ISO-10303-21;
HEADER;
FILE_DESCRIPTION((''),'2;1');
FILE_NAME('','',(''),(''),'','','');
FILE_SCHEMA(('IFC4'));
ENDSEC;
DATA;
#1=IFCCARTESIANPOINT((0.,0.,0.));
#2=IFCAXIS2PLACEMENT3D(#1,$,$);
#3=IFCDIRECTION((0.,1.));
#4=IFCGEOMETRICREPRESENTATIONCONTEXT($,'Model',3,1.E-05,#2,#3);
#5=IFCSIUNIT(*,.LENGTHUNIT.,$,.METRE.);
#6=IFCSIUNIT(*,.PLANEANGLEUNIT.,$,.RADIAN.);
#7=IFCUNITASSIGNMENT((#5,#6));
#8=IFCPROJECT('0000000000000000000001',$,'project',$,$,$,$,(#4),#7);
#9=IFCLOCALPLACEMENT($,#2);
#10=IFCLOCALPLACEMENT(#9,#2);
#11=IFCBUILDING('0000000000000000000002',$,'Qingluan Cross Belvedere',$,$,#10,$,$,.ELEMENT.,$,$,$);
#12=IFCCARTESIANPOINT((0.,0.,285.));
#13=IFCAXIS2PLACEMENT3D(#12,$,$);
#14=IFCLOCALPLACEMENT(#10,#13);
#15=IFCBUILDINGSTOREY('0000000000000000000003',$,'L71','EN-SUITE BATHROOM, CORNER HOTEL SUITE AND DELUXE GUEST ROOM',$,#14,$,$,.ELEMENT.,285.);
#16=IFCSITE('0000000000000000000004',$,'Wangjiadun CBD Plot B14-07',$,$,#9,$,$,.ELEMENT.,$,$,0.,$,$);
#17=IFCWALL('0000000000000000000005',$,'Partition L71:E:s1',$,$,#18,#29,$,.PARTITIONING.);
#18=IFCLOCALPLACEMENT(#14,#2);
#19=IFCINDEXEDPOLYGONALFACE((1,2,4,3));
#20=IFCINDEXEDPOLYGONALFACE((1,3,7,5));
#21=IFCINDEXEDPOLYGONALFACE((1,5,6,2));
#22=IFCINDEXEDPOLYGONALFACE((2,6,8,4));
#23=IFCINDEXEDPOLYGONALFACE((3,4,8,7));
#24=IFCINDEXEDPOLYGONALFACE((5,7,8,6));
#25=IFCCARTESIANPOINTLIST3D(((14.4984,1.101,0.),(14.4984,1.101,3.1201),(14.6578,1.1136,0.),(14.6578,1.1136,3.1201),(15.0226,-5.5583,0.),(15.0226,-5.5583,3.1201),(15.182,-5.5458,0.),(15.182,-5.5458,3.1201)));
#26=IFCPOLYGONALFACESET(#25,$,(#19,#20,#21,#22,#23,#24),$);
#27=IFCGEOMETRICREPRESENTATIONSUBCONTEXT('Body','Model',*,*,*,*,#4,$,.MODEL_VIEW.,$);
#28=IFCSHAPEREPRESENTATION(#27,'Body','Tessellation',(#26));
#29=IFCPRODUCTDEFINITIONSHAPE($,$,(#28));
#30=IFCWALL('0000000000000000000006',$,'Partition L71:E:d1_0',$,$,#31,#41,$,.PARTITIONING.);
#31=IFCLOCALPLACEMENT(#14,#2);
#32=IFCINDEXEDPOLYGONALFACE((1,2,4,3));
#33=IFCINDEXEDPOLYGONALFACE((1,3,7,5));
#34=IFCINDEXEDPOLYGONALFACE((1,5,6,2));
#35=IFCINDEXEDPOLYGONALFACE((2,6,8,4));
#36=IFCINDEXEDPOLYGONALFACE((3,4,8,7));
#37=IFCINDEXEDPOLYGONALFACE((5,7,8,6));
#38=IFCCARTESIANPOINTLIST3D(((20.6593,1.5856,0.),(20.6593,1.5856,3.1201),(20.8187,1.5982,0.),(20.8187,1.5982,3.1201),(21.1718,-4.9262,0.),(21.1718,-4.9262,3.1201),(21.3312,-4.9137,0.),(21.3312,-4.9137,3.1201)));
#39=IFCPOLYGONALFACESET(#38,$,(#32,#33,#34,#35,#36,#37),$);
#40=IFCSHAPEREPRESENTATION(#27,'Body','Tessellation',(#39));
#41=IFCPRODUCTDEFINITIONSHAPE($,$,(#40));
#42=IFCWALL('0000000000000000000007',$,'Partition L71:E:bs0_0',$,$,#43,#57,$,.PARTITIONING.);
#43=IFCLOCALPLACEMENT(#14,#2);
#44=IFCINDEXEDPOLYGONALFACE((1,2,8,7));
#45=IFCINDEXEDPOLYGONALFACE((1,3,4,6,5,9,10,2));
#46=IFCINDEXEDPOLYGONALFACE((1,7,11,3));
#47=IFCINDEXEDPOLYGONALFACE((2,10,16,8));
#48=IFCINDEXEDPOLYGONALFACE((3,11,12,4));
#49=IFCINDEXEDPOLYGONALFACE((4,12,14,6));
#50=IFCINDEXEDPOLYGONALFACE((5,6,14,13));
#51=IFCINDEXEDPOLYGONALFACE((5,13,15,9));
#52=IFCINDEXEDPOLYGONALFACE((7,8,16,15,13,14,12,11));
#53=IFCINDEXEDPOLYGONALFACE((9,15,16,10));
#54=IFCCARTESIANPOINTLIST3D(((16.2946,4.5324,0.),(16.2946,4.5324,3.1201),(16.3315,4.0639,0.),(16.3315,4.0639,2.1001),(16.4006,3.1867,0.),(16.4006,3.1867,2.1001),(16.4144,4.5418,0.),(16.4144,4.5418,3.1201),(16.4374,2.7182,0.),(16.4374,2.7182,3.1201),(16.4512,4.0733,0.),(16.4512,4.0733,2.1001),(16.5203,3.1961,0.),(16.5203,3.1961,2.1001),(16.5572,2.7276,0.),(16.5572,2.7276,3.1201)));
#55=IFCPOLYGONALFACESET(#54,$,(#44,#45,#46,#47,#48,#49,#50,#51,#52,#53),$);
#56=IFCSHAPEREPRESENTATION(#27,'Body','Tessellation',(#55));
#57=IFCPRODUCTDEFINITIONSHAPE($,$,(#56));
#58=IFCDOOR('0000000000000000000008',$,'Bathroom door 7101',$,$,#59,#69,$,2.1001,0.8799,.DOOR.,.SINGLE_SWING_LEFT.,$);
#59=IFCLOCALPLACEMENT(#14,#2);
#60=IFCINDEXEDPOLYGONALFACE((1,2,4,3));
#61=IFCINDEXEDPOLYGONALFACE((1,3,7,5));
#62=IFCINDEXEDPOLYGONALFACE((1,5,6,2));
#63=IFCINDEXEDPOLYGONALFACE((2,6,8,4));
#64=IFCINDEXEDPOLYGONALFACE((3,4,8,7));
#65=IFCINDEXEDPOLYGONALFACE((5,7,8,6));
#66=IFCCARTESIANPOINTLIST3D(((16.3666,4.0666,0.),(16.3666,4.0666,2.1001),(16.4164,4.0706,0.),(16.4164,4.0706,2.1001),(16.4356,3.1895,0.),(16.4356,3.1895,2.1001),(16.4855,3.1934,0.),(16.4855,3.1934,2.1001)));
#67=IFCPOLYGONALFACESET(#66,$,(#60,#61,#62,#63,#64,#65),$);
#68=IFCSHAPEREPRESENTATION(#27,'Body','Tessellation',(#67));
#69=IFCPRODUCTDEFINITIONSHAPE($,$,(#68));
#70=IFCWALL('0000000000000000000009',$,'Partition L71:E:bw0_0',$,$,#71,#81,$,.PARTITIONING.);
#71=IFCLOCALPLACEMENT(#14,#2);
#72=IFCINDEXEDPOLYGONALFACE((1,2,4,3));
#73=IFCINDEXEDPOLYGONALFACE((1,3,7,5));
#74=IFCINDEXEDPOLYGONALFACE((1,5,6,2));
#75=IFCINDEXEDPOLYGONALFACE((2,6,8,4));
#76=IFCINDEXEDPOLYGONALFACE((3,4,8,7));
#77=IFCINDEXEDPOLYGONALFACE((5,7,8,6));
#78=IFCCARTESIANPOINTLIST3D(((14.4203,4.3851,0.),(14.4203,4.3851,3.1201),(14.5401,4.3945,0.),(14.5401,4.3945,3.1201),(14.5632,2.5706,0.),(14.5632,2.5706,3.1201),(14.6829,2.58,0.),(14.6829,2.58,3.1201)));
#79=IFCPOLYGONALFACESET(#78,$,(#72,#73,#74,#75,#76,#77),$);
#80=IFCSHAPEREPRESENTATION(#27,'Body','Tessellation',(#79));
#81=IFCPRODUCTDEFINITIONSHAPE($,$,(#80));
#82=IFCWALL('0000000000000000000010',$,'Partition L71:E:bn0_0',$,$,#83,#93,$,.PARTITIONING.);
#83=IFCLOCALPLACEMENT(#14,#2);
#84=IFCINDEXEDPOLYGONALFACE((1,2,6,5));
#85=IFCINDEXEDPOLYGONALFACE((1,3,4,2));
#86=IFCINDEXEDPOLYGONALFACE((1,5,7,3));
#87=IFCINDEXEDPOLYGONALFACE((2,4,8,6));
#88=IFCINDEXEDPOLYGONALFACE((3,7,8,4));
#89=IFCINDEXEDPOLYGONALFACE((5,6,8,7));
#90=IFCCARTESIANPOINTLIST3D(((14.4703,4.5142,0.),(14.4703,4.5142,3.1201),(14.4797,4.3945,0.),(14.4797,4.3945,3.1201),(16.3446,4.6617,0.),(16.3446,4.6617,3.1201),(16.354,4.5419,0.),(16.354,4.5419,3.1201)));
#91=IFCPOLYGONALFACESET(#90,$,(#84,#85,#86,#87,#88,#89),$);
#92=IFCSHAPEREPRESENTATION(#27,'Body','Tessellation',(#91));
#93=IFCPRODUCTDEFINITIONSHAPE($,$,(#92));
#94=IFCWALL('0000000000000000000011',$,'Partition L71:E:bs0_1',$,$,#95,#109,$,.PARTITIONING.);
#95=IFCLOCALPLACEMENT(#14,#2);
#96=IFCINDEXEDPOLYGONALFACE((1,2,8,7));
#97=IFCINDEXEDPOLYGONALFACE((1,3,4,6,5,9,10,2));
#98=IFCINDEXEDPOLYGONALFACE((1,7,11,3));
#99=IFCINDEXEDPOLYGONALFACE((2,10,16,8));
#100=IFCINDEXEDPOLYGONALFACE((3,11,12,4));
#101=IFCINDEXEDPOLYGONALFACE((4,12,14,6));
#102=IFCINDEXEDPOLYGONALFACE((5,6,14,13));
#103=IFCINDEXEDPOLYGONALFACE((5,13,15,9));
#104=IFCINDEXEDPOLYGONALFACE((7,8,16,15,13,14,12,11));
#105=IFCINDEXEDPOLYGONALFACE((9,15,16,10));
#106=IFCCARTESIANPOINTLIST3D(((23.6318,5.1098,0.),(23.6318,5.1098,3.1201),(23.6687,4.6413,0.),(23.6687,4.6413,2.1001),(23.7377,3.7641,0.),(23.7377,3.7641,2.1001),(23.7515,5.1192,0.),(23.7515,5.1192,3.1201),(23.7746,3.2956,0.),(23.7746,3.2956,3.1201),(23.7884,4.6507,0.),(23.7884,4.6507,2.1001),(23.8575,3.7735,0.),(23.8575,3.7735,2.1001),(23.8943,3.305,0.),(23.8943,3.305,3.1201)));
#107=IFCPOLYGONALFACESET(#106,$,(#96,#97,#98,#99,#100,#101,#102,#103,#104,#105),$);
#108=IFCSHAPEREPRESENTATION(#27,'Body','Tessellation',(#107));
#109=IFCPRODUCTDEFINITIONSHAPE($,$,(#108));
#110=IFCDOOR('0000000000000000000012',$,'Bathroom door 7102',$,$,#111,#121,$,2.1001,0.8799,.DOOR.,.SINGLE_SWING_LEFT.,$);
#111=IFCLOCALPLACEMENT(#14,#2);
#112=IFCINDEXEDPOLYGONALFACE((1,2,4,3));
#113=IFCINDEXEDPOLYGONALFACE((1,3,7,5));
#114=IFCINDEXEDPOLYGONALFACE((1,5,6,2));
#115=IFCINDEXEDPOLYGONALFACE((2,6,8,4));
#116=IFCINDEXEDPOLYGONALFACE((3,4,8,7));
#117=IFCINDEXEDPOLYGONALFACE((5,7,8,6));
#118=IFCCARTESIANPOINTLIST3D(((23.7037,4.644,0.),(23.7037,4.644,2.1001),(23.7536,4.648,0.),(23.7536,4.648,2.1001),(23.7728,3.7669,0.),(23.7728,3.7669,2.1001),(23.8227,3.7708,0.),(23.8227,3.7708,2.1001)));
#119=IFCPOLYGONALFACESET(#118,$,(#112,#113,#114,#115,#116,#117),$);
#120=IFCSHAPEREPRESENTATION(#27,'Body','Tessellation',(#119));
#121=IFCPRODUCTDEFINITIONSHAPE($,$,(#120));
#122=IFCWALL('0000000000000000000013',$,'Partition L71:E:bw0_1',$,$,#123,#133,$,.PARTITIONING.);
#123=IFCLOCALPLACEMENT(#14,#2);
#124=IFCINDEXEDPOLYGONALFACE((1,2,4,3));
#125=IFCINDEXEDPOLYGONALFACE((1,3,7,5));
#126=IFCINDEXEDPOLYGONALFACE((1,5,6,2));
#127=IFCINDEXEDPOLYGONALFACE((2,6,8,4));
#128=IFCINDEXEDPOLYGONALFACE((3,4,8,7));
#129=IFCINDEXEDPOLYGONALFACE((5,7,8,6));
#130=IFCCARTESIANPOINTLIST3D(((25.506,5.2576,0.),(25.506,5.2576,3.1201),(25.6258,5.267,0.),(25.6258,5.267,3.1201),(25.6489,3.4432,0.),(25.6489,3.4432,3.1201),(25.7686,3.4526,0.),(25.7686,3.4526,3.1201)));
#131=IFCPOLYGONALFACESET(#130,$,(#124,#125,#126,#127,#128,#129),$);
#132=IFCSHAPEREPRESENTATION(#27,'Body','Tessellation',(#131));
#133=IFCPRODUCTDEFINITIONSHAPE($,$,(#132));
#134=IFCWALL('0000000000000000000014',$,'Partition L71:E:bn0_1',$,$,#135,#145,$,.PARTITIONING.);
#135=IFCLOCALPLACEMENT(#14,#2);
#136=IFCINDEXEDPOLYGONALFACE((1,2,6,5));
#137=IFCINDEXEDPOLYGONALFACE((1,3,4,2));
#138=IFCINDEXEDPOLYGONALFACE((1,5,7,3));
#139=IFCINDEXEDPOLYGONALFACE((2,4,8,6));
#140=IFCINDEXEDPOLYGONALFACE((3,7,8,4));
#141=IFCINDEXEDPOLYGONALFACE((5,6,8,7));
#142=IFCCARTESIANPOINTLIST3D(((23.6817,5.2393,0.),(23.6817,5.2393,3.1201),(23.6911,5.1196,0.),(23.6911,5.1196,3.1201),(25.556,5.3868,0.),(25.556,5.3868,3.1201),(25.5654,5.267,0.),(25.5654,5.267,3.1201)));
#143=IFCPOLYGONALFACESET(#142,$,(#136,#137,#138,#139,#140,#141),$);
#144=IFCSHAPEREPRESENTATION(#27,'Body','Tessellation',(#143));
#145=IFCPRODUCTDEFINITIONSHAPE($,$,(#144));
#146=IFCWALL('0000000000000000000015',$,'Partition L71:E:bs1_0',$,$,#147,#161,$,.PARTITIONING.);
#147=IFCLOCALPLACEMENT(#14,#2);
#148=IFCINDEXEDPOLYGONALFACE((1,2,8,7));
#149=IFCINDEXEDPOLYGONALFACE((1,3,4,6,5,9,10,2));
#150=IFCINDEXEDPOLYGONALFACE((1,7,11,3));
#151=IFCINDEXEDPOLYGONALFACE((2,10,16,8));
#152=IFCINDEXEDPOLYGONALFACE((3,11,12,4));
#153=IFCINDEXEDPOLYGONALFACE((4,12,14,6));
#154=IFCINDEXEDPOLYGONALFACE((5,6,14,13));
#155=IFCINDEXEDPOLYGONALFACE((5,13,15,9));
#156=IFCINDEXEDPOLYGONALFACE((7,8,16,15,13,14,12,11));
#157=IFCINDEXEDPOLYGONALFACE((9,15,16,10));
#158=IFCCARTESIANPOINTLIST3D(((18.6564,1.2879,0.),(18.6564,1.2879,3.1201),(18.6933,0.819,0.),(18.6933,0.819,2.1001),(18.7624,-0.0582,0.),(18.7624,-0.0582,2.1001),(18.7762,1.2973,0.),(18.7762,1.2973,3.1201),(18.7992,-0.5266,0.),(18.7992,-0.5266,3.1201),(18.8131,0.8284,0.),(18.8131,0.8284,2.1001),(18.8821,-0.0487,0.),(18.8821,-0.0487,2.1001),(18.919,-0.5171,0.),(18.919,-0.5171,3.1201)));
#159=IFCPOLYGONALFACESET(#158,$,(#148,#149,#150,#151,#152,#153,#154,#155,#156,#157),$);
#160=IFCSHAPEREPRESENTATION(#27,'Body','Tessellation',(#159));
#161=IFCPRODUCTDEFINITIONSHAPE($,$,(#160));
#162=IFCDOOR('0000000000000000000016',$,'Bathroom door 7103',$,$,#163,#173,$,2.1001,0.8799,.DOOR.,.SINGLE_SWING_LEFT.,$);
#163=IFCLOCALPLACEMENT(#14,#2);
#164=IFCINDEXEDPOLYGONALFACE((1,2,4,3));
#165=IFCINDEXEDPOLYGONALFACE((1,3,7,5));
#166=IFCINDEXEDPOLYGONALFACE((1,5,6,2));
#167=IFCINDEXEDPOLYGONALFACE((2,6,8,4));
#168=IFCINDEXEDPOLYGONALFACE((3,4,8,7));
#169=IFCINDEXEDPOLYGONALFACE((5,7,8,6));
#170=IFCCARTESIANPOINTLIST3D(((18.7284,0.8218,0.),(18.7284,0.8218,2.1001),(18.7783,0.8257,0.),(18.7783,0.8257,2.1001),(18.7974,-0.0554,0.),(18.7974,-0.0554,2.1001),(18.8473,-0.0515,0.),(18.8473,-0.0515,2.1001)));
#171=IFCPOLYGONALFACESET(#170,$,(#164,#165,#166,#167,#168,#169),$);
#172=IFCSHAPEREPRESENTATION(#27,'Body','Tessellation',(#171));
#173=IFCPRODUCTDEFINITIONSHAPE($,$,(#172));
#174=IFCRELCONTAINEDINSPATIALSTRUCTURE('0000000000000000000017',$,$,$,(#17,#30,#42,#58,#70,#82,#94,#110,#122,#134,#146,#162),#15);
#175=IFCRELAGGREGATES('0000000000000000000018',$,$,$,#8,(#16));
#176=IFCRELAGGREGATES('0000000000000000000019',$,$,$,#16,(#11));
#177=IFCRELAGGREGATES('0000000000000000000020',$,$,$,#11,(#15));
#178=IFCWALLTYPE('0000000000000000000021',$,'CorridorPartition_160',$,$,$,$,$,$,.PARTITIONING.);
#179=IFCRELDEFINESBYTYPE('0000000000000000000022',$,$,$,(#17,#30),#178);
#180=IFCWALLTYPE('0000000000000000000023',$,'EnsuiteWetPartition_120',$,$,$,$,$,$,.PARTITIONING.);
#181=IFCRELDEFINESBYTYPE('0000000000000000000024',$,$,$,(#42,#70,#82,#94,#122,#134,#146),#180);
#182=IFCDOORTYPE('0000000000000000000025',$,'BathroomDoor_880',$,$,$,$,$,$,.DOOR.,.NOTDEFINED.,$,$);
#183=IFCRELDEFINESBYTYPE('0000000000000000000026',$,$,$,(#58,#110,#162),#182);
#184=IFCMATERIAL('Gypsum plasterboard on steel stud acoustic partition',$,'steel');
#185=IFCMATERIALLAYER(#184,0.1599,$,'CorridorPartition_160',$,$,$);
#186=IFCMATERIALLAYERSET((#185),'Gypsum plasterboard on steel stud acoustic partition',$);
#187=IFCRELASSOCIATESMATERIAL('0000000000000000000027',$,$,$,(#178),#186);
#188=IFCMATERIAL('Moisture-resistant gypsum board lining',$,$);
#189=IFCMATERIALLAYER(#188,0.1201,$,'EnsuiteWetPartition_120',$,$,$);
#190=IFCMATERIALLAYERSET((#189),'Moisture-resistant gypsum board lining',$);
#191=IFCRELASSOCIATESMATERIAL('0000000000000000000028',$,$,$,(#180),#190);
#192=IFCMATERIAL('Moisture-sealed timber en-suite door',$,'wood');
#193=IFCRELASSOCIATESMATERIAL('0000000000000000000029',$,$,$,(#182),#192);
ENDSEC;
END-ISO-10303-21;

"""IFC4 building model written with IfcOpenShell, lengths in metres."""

from ifc_helpers import new_model, si_unit, direction, frame, frame_2d, origin, place, context, subcontext, project, spatial, rectangle, extrude, material, layer, layer_set, type_object, element, fill, save


model = new_model("IFC4")

# Units and contexts
model_context = context("Model", 3, precision=1e-05, world=origin(), true_north=direction((0.0, 1.0)))
body_context = subcontext(model_context, "Body", "Model", "MODEL_VIEW")
ifc_project = project(units=[si_unit("LENGTHUNIT", "METRE"), si_unit("PLANEANGLEUNIT", "RADIAN")], contexts=[model_context])

# Site, building, storey
site_placement = place(None, origin())
site = spatial("IfcSite", under=ifc_project, at=site_placement, Name="Wangjiadun CBD Plot B14-07", CompositionType="ELEMENT", RefElevation=0.0)
building_placement = place(site_placement, origin())
building = spatial("IfcBuilding", under=site, at=building_placement, Name="Qingluan Cross Belvedere", CompositionType="ELEMENT")
storey_placement = place(building_placement, frame((0.0, 0.0, 285.0)))
storey = spatial("IfcBuildingStorey", under=building, at=storey_placement, Name="L71", Description="EN-SUITE BATHROOM, CORNER HOTEL SUITE AND DELUXE GUEST ROOM", CompositionType="ELEMENT", Elevation=285.0)

# Shared definitions
ifc_material_1 = material(Name="Gypsum plasterboard on steel stud acoustic partition", Category="steel")
ifc_layer_1 = layer(ifc_material_1, 0.1599, Name="CorridorPartition_160")
ifc_layer_set_1 = layer_set([ifc_layer_1], Name="Gypsum plasterboard on steel stud acoustic partition")
wall_type_1 = type_object("IfcWallType", Name="CorridorPartition_160", PredefinedType="PARTITIONING", material=ifc_layer_set_1)

# Walls
wall_1_placement = place(storey_placement, frame((14.5781, 1.1072, 0.0), z_axis=(0.0, 0.0, 1.0), x_axis=(0.078468, -0.996917, 0.0)))
element("IfcWall", 1, at=wall_1_placement, inside=storey, type_object=wall_type_1, Name="Partition L71:E:s1", PredefinedType="PARTITIONING", context=body_context, shape_type="SweptSolid", body=[
    extrude(rectangle(XDim=6.6799, YDim=0.1599, at=frame_2d((3.3398, 0.0))), origin(), (0.0, 0.0, 1.0), 3.1201),
])
wall_2_placement = place(storey_placement, frame((20.739, 1.592, 0.0), z_axis=(0.0, 0.0, 1.0), x_axis=(0.078451, -0.996918, 0.0)))
element("IfcWall", 2, at=wall_2_placement, inside=storey, type_object=wall_type_1, Name="Partition L71:E:d1_0", PredefinedType="PARTITIONING", context=body_context, shape_type="SweptSolid", body=[
    extrude(rectangle(XDim=6.532, YDim=0.1599, at=frame_2d((3.2661, 0.0))), origin(), (0.0, 0.0, 1.0), 3.1201),
])

# Wall, opening, door
ifc_material_2 = material(Name="Moisture-resistant gypsum board lining")
ifc_layer_2 = layer(ifc_material_2, 0.1201, Name="EnsuiteWetPartition_120")
ifc_layer_set_2 = layer_set([ifc_layer_2], Name="Moisture-resistant gypsum board lining")
wall_type_2 = type_object("IfcWallType", Name="EnsuiteWetPartition_120", PredefinedType="PARTITIONING", material=ifc_layer_set_2)
wall_3_placement = place(storey_placement, frame((16.4973, 2.7229, 0.0), z_axis=(0.0, 0.0, 1.0), x_axis=(-0.078481, 0.996916, 0.0)))
wall_3 = element("IfcWall", 3, at=wall_3_placement, inside=storey, type_object=wall_type_2, Name="Partition L71:E:bs0_0", PredefinedType="PARTITIONING", context=body_context, shape_type="SweptSolid", body=[
    extrude(rectangle(XDim=1.8198, YDim=0.1201, at=frame_2d((0.9099, 0.0))), origin(), (0.0, 0.0, 1.0), 3.1201),
])
opening_1_placement = place(wall_3_placement, frame((0.47, 0.0, 0.0)))
opening_1 = element("IfcOpeningElement", 4, at=opening_1_placement, cuts=wall_3, PredefinedType="OPENING", context=body_context, shape_type="SweptSolid", body=[
    extrude(rectangle(XDim=0.8799, YDim=2.1001, at=frame_2d((0.4399, 1.05))), frame((0.0, 0.0701, 0.0), z_axis=(0.0, -1.0, 0.0), x_axis=(1.0, 0.0, 0.0)), (0.0, 0.0, 1.0), 0.1401),
])
ifc_material_3 = material(Name="Moisture-sealed timber en-suite door", Category="wood")
door_type_1 = type_object("IfcDoorType", Name="BathroomDoor_880", OperationType="NOTDEFINED", PredefinedType="DOOR", material=ifc_material_3)
door_1_placement = place(opening_1_placement, origin())
door_1 = element("IfcDoor", 5, at=door_1_placement, inside=storey, type_object=door_type_1, Name="Bathroom door 7101", OperationType="SINGLE_SWING_LEFT", OverallHeight=2.1001, OverallWidth=0.8799, PredefinedType="DOOR", context=body_context, shape_type="SweptSolid", body=[
    extrude(rectangle(XDim=0.8799, YDim=2.1001, at=frame_2d((0.4399, 1.05))), frame((0.0, 0.0249, 0.0), z_axis=(0.0, -1.0, 0.0), x_axis=(1.0, 0.0, 0.0)), (0.0, 0.0, 1.0), 0.05),
])
fill(opening_1, door_1)

# Walls
wall_4_placement = place(storey_placement, frame((14.623, 2.5752, 0.0), z_axis=(0.0, 0.0, 1.0), x_axis=(-0.078471, 0.996916, 0.0)))
element("IfcWall", 6, at=wall_4_placement, inside=storey, type_object=wall_type_2, Name="Partition L71:E:bw0_0", PredefinedType="PARTITIONING", context=body_context, shape_type="SweptSolid", body=[
    extrude(rectangle(XDim=1.8201, YDim=0.1201, at=frame_2d((0.9102, 0.0))), origin(), (0.0, 0.0, 1.0), 3.1201),
])
wall_5_placement = place(storey_placement, frame((14.4751, 4.4543, 0.0), z_axis=(0.0, 0.0, 1.0), x_axis=(0.996919, 0.078434, 0.0)))
element("IfcWall", 7, at=wall_5_placement, inside=storey, type_object=wall_type_2, Name="Partition L71:E:bn0_0", PredefinedType="PARTITIONING", context=body_context, shape_type="SweptSolid", body=[
    extrude(rectangle(XDim=1.8801, YDim=0.1201, at=frame_2d((0.9399, 0.0))), origin(), (0.0, 0.0, 1.0), 3.1201),
])

# Wall, opening, door
wall_6_placement = place(storey_placement, frame((23.8345, 3.3003, 0.0), z_axis=(0.0, 0.0, 1.0), x_axis=(-0.078481, 0.996916, 0.0)))
wall_6 = element("IfcWall", 8, at=wall_6_placement, inside=storey, type_object=wall_type_2, Name="Partition L71:E:bs0_1", PredefinedType="PARTITIONING", context=body_context, shape_type="SweptSolid", body=[
    extrude(rectangle(XDim=1.8198, YDim=0.1201, at=frame_2d((0.9099, 0.0))), origin(), (0.0, 0.0, 1.0), 3.1201),
])
opening_2_placement = place(wall_6_placement, frame((0.47, 0.0, 0.0)))
opening_2 = element("IfcOpeningElement", 9, at=opening_2_placement, cuts=wall_6, PredefinedType="OPENING", context=body_context, shape_type="SweptSolid", body=[
    extrude(rectangle(XDim=0.8799, YDim=2.1001, at=frame_2d((0.4399, 1.05))), frame((0.0, 0.0701, 0.0), z_axis=(0.0, -1.0, 0.0), x_axis=(1.0, 0.0, 0.0)), (0.0, 0.0, 1.0), 0.1401),
])
door_2_placement = place(opening_2_placement, origin())
door_2 = element("IfcDoor", 10, at=door_2_placement, inside=storey, type_object=door_type_1, Name="Bathroom door 7102", OperationType="SINGLE_SWING_LEFT", OverallHeight=2.1001, OverallWidth=0.8799, PredefinedType="DOOR", context=body_context, shape_type="SweptSolid", body=[
    extrude(rectangle(XDim=0.8799, YDim=2.1001, at=frame_2d((0.4399, 1.05))), frame((0.0, 0.0249, 0.0), z_axis=(0.0, -1.0, 0.0), x_axis=(1.0, 0.0, 0.0)), (0.0, 0.0, 1.0), 0.05),
])
fill(opening_2, door_2)

# Walls
wall_7_placement = place(storey_placement, frame((25.7087, 3.4478, 0.0), z_axis=(0.0, 0.0, 1.0), x_axis=(-0.078471, 0.996916, 0.0)))
element("IfcWall", 11, at=wall_7_placement, inside=storey, type_object=wall_type_2, Name="Partition L71:E:bw0_1", PredefinedType="PARTITIONING", context=body_context, shape_type="SweptSolid", body=[
    extrude(rectangle(XDim=1.8201, YDim=0.1201, at=frame_2d((0.9102, 0.0))), origin(), (0.0, 0.0, 1.0), 3.1201),
])
wall_8_placement = place(storey_placement, frame((23.6865, 5.1794, 0.0), z_axis=(0.0, 0.0, 1.0), x_axis=(0.996919, 0.078434, 0.0)))
element("IfcWall", 12, at=wall_8_placement, inside=storey, type_object=wall_type_2, Name="Partition L71:E:bn0_1", PredefinedType="PARTITIONING", context=body_context, shape_type="SweptSolid", body=[
    extrude(rectangle(XDim=1.8801, YDim=0.1201, at=frame_2d((0.9399, 0.0))), origin(), (0.0, 0.0, 1.0), 3.1201),
])

# Wall, opening, door
wall_9_placement = place(storey_placement, frame((18.8591, -0.522, 0.0), z_axis=(0.0, 0.0, 1.0), x_axis=(-0.078471, 0.996916, 0.0)))
wall_9 = element("IfcWall", 13, at=wall_9_placement, inside=storey, type_object=wall_type_2, Name="Partition L71:E:bs1_0", PredefinedType="PARTITIONING", context=body_context, shape_type="SweptSolid", body=[
    extrude(rectangle(XDim=1.8201, YDim=0.1201, at=frame_2d((0.9102, 0.0))), origin(), (0.0, 0.0, 1.0), 3.1201),
])
opening_3_placement = place(wall_9_placement, frame((0.47, 0.0, 0.0)))
opening_3 = element("IfcOpeningElement", 14, at=opening_3_placement, cuts=wall_9, PredefinedType="OPENING", context=body_context, shape_type="SweptSolid", body=[
    extrude(rectangle(XDim=0.8799, YDim=2.1001, at=frame_2d((0.4399, 1.05))), frame((0.0, 0.0701, 0.0), z_axis=(0.0, -1.0, 0.0), x_axis=(1.0, 0.0, 0.0)), (0.0, 0.0, 1.0), 0.1401),
])
door_3_placement = place(opening_3_placement, origin())
door_3 = element("IfcDoor", 15, at=door_3_placement, inside=storey, type_object=door_type_1, Name="Bathroom door 7103", OperationType="SINGLE_SWING_LEFT", OverallHeight=2.1001, OverallWidth=0.8799, PredefinedType="DOOR", context=body_context, shape_type="SweptSolid", body=[
    extrude(rectangle(XDim=0.8799, YDim=2.1001, at=frame_2d((0.4399, 1.05))), frame((0.0, 0.0249, 0.0), z_axis=(0.0, -1.0, 0.0), x_axis=(1.0, 0.0, 0.0)), (0.0, 0.0, 1.0), 0.05),
])
fill(opening_3, door_3)

save(model, "model.ifc")
